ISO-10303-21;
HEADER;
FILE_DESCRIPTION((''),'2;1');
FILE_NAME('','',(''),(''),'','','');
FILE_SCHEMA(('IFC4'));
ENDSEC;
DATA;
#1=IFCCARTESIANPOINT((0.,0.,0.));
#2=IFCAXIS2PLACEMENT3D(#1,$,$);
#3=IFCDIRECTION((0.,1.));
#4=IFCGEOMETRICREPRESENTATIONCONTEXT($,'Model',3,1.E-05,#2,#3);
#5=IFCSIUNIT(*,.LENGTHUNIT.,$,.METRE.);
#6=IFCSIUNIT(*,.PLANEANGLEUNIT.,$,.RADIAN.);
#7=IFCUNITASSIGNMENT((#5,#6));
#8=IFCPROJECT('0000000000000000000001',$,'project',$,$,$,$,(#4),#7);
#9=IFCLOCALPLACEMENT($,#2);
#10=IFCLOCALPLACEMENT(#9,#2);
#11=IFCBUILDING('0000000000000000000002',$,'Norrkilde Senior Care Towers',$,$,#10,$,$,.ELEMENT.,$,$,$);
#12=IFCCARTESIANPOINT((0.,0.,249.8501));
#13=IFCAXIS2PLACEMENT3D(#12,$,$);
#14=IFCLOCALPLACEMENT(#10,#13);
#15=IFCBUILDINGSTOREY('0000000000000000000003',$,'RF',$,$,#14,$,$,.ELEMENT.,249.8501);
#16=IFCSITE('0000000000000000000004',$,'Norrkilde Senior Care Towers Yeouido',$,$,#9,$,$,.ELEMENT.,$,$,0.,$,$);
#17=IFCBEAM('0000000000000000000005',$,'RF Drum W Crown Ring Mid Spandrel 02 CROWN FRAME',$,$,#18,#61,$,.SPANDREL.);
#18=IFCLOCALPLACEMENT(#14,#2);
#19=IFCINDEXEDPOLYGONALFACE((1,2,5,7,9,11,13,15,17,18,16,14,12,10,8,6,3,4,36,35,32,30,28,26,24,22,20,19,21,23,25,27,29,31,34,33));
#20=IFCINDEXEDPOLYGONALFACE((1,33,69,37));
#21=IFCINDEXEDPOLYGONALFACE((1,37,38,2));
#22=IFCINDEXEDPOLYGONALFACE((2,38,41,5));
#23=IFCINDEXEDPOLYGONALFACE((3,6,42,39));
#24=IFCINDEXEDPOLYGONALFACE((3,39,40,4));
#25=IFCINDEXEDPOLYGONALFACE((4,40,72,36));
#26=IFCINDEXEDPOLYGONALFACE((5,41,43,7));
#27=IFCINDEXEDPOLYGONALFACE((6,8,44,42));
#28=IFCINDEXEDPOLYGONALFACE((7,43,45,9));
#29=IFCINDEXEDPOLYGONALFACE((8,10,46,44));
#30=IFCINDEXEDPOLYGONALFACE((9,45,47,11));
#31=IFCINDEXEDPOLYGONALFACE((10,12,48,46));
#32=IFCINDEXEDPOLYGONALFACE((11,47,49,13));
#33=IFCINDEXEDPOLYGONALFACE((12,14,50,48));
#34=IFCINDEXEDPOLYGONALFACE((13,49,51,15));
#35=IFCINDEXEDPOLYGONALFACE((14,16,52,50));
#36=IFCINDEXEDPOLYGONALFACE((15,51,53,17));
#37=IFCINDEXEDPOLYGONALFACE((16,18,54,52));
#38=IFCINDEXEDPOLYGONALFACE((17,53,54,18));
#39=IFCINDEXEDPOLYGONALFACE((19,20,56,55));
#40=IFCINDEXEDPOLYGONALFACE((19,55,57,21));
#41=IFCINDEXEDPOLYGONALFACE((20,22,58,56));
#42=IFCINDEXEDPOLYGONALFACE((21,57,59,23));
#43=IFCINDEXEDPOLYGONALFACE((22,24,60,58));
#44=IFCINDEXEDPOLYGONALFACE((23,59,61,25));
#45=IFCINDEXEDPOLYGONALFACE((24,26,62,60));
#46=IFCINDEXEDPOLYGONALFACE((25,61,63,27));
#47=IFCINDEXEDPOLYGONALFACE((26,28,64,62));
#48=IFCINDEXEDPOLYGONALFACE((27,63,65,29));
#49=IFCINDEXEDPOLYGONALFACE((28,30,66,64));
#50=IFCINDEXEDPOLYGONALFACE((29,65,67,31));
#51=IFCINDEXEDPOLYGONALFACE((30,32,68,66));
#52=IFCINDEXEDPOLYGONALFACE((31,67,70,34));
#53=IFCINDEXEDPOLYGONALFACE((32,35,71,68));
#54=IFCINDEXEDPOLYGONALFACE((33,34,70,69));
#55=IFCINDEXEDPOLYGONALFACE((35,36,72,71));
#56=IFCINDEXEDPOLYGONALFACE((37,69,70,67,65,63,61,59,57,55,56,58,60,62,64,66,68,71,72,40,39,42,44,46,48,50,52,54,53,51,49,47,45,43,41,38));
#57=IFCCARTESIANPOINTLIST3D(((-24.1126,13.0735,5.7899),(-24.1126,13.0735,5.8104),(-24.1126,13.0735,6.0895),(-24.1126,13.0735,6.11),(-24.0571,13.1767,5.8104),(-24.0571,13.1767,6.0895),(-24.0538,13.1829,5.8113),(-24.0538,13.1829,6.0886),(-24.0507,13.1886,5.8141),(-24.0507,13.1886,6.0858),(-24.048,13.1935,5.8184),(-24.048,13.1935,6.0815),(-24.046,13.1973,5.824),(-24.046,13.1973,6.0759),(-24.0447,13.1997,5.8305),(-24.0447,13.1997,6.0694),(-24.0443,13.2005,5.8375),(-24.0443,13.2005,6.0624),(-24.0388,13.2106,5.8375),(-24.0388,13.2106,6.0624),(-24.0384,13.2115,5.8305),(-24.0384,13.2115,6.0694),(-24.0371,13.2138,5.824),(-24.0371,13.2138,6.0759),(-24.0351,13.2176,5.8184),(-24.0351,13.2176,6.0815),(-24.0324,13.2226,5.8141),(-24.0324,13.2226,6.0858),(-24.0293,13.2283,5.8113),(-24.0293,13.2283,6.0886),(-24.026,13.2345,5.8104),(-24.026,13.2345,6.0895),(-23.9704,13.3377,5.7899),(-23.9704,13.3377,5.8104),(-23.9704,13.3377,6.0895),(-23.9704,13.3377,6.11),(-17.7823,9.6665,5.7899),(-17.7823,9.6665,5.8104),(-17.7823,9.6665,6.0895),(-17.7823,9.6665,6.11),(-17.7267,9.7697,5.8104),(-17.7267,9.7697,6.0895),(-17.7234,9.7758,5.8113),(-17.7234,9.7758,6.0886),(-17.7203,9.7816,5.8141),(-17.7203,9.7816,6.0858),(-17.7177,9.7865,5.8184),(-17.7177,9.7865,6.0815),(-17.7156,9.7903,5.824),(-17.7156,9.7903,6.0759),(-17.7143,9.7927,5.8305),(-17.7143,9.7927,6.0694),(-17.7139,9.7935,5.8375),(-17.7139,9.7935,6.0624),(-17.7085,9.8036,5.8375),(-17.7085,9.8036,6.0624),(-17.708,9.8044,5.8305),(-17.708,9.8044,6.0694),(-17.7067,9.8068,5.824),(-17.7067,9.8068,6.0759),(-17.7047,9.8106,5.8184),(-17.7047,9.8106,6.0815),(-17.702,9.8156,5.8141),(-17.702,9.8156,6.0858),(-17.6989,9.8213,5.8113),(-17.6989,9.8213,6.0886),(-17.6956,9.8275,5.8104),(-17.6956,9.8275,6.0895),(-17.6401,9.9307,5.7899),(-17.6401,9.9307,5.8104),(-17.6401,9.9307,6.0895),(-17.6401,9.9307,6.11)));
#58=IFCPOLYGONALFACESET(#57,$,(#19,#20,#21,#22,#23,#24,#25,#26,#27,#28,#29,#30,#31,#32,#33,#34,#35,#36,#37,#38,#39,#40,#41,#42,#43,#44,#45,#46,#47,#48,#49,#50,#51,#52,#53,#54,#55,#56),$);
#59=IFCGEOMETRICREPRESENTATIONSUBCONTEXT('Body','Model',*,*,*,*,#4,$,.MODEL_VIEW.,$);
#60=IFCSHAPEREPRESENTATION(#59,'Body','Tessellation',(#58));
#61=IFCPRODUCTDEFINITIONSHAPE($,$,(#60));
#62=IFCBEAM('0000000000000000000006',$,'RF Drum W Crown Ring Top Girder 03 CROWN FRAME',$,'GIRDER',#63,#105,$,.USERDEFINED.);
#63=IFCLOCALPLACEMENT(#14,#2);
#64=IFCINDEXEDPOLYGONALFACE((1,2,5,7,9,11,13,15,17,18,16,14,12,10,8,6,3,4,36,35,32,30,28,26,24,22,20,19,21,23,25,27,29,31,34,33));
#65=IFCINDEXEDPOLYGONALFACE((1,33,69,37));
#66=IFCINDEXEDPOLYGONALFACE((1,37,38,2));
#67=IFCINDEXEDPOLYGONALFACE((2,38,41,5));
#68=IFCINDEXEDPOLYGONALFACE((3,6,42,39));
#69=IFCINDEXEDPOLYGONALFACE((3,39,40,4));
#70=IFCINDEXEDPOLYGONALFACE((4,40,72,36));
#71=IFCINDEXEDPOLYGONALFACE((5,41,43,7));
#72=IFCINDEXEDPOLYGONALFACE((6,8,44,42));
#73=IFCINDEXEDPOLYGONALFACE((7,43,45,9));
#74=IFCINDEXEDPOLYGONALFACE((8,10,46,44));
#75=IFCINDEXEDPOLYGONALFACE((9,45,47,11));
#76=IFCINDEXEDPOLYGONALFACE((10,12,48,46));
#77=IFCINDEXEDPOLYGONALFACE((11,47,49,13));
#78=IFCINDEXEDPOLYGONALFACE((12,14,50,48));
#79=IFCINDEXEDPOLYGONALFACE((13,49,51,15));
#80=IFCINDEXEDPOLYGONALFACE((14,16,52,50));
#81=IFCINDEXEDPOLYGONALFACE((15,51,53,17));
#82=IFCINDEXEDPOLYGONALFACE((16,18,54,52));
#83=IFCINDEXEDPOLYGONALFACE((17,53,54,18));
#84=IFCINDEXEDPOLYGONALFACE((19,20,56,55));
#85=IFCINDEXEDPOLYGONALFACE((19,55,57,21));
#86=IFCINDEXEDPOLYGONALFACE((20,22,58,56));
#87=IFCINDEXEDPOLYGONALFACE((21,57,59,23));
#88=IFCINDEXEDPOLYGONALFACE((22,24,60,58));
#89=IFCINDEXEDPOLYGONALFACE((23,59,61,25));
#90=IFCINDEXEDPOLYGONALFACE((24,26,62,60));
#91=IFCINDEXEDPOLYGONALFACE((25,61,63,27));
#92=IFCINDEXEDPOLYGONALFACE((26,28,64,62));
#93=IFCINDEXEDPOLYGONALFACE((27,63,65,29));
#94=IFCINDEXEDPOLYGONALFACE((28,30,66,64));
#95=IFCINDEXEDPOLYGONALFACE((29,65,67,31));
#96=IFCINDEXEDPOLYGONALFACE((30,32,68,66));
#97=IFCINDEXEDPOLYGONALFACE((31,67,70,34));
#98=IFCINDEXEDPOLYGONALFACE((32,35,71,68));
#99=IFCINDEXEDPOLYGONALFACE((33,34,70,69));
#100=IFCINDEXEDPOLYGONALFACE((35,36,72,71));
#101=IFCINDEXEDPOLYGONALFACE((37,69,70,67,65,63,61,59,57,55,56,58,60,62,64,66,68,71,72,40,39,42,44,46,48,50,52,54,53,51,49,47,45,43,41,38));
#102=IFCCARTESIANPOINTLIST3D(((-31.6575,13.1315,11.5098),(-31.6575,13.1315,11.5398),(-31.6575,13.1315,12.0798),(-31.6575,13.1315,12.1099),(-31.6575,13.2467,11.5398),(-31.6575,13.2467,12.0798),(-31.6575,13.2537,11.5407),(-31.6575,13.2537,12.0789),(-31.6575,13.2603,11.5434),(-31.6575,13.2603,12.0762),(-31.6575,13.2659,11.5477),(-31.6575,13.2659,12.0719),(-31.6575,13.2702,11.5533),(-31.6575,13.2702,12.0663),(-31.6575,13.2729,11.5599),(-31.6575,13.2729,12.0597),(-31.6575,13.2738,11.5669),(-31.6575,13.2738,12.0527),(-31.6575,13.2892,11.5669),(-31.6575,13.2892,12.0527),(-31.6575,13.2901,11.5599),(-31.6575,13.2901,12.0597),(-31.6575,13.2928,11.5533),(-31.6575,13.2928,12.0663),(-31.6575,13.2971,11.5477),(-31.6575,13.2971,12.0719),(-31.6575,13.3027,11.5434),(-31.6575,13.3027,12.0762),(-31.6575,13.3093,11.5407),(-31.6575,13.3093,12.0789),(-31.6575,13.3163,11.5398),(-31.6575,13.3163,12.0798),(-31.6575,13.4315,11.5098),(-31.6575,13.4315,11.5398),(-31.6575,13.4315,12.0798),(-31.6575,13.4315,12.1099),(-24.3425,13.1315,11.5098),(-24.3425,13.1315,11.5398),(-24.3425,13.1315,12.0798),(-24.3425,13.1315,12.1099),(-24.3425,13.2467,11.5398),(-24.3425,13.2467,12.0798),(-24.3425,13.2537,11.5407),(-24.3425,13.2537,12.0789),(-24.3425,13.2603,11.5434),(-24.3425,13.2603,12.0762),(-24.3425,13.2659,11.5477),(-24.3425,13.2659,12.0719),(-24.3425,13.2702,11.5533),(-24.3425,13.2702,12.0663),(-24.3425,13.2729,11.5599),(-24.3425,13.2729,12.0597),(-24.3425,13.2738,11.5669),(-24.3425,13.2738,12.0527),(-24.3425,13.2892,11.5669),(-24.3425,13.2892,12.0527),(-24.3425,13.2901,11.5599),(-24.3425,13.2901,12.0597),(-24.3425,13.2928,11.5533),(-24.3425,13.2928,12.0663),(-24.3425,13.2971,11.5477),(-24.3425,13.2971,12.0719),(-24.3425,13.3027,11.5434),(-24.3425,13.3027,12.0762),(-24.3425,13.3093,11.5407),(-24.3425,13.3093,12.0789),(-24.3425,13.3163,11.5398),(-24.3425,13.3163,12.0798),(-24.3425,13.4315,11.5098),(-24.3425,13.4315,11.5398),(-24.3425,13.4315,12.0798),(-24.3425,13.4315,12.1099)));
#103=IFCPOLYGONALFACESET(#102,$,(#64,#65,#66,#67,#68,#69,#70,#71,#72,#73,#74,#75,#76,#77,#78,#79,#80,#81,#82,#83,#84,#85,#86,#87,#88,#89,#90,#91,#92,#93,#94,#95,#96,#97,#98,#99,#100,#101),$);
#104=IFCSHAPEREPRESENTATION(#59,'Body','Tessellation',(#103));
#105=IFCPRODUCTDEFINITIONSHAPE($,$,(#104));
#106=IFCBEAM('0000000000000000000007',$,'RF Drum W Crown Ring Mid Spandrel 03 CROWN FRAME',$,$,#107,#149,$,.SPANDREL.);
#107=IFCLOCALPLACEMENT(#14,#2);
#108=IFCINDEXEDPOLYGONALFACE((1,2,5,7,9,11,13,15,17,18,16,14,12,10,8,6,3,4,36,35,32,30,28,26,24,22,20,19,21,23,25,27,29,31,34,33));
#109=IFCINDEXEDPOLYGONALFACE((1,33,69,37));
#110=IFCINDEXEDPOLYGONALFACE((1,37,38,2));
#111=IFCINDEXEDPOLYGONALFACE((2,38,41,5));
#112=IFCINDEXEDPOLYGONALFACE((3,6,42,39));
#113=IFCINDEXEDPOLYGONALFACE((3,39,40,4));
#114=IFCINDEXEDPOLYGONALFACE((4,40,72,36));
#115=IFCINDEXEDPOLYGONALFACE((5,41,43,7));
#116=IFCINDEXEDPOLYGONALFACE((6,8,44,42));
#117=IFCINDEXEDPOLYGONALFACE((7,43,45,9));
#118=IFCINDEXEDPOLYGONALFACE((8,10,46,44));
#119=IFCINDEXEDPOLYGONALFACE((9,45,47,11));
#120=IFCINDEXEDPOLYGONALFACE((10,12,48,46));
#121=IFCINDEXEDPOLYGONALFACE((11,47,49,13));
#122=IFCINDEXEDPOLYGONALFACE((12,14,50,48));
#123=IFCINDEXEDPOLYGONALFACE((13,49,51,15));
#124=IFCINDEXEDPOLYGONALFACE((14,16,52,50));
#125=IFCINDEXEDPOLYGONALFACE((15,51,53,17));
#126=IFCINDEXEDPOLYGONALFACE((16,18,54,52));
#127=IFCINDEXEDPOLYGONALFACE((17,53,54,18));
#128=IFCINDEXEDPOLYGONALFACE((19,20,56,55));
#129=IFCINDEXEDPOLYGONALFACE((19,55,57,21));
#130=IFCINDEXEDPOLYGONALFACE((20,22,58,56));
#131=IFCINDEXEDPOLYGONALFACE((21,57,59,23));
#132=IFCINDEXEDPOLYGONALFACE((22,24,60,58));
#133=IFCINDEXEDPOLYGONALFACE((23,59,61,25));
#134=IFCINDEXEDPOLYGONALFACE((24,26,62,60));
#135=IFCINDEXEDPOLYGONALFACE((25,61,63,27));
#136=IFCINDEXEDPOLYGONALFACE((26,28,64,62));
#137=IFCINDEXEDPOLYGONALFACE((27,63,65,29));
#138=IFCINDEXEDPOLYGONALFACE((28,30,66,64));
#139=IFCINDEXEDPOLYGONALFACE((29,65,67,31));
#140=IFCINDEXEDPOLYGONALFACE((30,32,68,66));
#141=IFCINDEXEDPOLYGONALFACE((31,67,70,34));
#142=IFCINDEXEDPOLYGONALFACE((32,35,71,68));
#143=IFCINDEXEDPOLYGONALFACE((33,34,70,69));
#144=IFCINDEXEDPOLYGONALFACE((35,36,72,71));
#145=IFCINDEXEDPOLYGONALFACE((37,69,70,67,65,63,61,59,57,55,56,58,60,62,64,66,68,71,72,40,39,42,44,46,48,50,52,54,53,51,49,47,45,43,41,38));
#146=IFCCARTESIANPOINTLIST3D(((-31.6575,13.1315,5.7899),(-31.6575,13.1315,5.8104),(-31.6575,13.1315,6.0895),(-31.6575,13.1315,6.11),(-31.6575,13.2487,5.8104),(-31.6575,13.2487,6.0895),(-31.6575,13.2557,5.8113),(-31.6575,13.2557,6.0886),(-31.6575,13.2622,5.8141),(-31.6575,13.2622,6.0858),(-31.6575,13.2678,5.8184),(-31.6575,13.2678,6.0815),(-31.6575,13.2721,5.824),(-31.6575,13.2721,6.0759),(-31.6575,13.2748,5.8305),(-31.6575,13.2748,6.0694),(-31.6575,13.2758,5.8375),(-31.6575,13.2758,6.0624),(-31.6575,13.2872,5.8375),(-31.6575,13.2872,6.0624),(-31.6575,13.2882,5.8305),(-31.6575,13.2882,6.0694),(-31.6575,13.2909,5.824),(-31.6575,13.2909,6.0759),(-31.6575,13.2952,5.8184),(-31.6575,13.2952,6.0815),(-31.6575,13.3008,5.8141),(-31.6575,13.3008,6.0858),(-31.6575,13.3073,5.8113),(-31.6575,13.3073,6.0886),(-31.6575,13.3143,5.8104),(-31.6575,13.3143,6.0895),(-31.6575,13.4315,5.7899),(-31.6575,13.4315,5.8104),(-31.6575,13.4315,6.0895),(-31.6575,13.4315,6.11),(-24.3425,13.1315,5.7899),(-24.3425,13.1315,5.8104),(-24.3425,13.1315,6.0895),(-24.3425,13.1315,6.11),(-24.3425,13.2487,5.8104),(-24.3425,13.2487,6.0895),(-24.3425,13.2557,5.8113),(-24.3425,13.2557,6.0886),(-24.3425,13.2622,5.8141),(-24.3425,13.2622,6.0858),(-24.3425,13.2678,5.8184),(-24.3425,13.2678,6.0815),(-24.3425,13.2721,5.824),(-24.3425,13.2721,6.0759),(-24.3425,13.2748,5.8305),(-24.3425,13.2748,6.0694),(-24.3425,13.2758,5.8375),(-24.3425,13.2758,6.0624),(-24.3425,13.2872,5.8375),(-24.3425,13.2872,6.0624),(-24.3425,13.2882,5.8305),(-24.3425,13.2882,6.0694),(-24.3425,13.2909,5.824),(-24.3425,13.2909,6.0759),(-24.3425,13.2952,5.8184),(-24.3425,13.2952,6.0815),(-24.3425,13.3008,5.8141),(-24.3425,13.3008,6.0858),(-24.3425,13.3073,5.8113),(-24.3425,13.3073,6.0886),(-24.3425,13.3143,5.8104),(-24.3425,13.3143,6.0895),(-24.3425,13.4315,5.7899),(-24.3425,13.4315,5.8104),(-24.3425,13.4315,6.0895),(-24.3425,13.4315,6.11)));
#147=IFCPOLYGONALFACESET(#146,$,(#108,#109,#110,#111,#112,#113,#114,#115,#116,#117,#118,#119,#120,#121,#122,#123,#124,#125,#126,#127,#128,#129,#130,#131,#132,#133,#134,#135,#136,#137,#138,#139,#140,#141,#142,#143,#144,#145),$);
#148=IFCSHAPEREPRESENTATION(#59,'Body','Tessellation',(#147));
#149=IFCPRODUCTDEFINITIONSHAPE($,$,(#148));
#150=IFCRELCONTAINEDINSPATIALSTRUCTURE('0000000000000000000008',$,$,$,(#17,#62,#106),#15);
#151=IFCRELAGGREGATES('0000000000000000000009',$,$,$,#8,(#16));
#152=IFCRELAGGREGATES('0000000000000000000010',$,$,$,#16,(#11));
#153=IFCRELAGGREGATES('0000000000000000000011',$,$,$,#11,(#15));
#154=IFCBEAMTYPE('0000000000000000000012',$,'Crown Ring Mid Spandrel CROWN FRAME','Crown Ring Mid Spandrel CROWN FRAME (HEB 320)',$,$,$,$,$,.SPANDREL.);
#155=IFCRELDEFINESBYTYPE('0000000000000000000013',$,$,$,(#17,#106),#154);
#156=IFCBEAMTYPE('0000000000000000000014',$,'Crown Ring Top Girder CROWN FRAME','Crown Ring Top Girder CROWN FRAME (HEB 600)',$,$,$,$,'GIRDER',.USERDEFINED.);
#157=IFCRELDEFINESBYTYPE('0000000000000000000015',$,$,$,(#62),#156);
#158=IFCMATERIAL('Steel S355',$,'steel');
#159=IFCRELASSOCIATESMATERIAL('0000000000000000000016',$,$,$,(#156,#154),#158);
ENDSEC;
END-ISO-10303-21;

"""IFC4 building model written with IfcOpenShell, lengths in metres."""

from ifc_helpers import new_model, si_unit, direction, frame, origin, origin_2d, place, context, subcontext, project, spatial, i_section, extrude, source, transform, mapped, material, material_profile, profile_set, type_object, type_shapes, element, save


model = new_model("IFC4")

# Units and contexts
model_context = context("Model", 3, precision=1e-05, world=origin(), true_north=direction((0.0, 1.0)))
body_context = subcontext(model_context, "Body", "Model", "MODEL_VIEW")
ifc_project = project(units=[si_unit("LENGTHUNIT", "METRE"), si_unit("PLANEANGLEUNIT", "RADIAN")], contexts=[model_context])

# Site, building, storey
site_placement = place(None, origin())
site = spatial("IfcSite", under=ifc_project, at=site_placement, Name="Norrkilde Senior Care Towers Yeouido", CompositionType="ELEMENT", RefElevation=0.0)
building_placement = place(site_placement, origin())
building = spatial("IfcBuilding", under=site, at=building_placement, Name="Norrkilde Senior Care Towers", CompositionType="ELEMENT")
storey_placement = place(building_placement, frame((0.0, 0.0, 249.8501)))
storey = spatial("IfcBuildingStorey", under=building, at=storey_placement, Name="RF", CompositionType="ELEMENT", Elevation=249.8501)

# Shared definitions
ifc_material_1 = material(Name="Steel S355", Category="steel")

# Beams
ifc_material_profile_1 = material_profile(ifc_material_1, i_section(OverallWidth=0.3, OverallDepth=0.6001, WebThickness=0.0154, FlangeThickness=0.03, FilletRadius=0.0271, at=origin_2d()), Name="HEB 600")
ifc_profile_set_1 = profile_set([ifc_material_profile_1], Name="Steel S355")
beam_type_1 = type_object("IfcBeamType", Name="Crown Ring Top Girder CROWN FRAME", Description="Crown Ring Top Girder CROWN FRAME (HEB 600)", ElementType="GIRDER", PredefinedType="USERDEFINED", material=ifc_profile_set_1)
ifc_material_profile_2 = material_profile(ifc_material_1, i_section(OverallWidth=0.3, OverallDepth=0.3201, WebThickness=0.0115, FlangeThickness=0.0205, FilletRadius=0.0271, at=origin_2d()), Name="HEB 320")
ifc_profile_set_2 = profile_set([ifc_material_profile_2], Name="Steel S355")
beam_type_2 = type_object("IfcBeamType", Name="Crown Ring Mid Spandrel CROWN FRAME", Description="Crown Ring Mid Spandrel CROWN FRAME (HEB 320)", PredefinedType="SPANDREL", material=ifc_profile_set_2)
shared_shape_1 = source(origin(), body_context, "Body", "SweptSolid", [
    extrude(i_section(OverallWidth=0.3, OverallDepth=0.3201, WebThickness=0.0115, FlangeThickness=0.0205, FilletRadius=0.0271, at=origin_2d()), origin(), (0.0, 0.0, 1.0), 7.189),
])
beam_1_placement = place(storey_placement, frame((-17.7112, 9.7986, 5.95), z_axis=(-0.880567, 0.473922, 0.0), x_axis=(-0.473922, -0.880567, 0.0)))
element("IfcBeam", 1, at=beam_1_placement, inside=storey, type_object=beam_type_2, Name="RF Drum W Crown Ring Mid Spandrel 02 CROWN FRAME", PredefinedType="SPANDREL", context=body_context, shape_type="MappedRepresentation", body=[
    mapped(shared_shape_1, transform((0.0, 0.0, 0.0), x_axis=(1.0, 0.0, 0.0), y_axis=(0.0, 1.0, 0.0), z_axis=(0.0, 0.0, 1.0), scale=1.0)),
])
shared_shape_2 = source(origin(), body_context, "Body", "SweptSolid", [
    extrude(i_section(OverallWidth=0.3, OverallDepth=0.6001, WebThickness=0.0154, FlangeThickness=0.03, FilletRadius=0.0271, at=origin_2d()), origin(), (0.0, 0.0, 1.0), 7.3149),
])
beam_2_placement = place(storey_placement, frame((-24.3425, 13.2815, 11.8098), z_axis=(-1.0, 0.0, 0.0), x_axis=(0.0, -1.0, 0.0)))
element("IfcBeam", 2, at=beam_2_placement, inside=storey, type_object=beam_type_1, Name="RF Drum W Crown Ring Top Girder 03 CROWN FRAME", ObjectType="GIRDER", PredefinedType="USERDEFINED", context=body_context, shape_type="MappedRepresentation", body=[
    mapped(shared_shape_2, transform((0.0, 0.0, 0.0), x_axis=(1.0, 0.0, 0.0), y_axis=(0.0, 1.0, 0.0), z_axis=(0.0, 0.0, 1.0), scale=1.0)),
])
shared_shape_3 = source(origin(), body_context, "Body", "SweptSolid", [
    extrude(i_section(OverallWidth=0.3, OverallDepth=0.3201, WebThickness=0.0115, FlangeThickness=0.0205, FilletRadius=0.0271, at=origin_2d()), origin(), (0.0, 0.0, 1.0), 7.3149),
])
type_shapes(beam_type_2, [shared_shape_1, shared_shape_3])
beam_3_placement = place(storey_placement, frame((-24.3425, 13.2815, 5.95), z_axis=(-1.0, 0.0, 0.0), x_axis=(0.0, -1.0, 0.0)))
element("IfcBeam", 3, at=beam_3_placement, inside=storey, type_object=beam_type_2, Name="RF Drum W Crown Ring Mid Spandrel 03 CROWN FRAME", PredefinedType="SPANDREL", context=body_context, shape_type="MappedRepresentation", body=[
    mapped(shared_shape_3, transform((0.0, 0.0, 0.0), x_axis=(1.0, 0.0, 0.0), y_axis=(0.0, 1.0, 0.0), z_axis=(0.0, 0.0, 1.0), scale=1.0)),
])

save(model, "model.ifc")
